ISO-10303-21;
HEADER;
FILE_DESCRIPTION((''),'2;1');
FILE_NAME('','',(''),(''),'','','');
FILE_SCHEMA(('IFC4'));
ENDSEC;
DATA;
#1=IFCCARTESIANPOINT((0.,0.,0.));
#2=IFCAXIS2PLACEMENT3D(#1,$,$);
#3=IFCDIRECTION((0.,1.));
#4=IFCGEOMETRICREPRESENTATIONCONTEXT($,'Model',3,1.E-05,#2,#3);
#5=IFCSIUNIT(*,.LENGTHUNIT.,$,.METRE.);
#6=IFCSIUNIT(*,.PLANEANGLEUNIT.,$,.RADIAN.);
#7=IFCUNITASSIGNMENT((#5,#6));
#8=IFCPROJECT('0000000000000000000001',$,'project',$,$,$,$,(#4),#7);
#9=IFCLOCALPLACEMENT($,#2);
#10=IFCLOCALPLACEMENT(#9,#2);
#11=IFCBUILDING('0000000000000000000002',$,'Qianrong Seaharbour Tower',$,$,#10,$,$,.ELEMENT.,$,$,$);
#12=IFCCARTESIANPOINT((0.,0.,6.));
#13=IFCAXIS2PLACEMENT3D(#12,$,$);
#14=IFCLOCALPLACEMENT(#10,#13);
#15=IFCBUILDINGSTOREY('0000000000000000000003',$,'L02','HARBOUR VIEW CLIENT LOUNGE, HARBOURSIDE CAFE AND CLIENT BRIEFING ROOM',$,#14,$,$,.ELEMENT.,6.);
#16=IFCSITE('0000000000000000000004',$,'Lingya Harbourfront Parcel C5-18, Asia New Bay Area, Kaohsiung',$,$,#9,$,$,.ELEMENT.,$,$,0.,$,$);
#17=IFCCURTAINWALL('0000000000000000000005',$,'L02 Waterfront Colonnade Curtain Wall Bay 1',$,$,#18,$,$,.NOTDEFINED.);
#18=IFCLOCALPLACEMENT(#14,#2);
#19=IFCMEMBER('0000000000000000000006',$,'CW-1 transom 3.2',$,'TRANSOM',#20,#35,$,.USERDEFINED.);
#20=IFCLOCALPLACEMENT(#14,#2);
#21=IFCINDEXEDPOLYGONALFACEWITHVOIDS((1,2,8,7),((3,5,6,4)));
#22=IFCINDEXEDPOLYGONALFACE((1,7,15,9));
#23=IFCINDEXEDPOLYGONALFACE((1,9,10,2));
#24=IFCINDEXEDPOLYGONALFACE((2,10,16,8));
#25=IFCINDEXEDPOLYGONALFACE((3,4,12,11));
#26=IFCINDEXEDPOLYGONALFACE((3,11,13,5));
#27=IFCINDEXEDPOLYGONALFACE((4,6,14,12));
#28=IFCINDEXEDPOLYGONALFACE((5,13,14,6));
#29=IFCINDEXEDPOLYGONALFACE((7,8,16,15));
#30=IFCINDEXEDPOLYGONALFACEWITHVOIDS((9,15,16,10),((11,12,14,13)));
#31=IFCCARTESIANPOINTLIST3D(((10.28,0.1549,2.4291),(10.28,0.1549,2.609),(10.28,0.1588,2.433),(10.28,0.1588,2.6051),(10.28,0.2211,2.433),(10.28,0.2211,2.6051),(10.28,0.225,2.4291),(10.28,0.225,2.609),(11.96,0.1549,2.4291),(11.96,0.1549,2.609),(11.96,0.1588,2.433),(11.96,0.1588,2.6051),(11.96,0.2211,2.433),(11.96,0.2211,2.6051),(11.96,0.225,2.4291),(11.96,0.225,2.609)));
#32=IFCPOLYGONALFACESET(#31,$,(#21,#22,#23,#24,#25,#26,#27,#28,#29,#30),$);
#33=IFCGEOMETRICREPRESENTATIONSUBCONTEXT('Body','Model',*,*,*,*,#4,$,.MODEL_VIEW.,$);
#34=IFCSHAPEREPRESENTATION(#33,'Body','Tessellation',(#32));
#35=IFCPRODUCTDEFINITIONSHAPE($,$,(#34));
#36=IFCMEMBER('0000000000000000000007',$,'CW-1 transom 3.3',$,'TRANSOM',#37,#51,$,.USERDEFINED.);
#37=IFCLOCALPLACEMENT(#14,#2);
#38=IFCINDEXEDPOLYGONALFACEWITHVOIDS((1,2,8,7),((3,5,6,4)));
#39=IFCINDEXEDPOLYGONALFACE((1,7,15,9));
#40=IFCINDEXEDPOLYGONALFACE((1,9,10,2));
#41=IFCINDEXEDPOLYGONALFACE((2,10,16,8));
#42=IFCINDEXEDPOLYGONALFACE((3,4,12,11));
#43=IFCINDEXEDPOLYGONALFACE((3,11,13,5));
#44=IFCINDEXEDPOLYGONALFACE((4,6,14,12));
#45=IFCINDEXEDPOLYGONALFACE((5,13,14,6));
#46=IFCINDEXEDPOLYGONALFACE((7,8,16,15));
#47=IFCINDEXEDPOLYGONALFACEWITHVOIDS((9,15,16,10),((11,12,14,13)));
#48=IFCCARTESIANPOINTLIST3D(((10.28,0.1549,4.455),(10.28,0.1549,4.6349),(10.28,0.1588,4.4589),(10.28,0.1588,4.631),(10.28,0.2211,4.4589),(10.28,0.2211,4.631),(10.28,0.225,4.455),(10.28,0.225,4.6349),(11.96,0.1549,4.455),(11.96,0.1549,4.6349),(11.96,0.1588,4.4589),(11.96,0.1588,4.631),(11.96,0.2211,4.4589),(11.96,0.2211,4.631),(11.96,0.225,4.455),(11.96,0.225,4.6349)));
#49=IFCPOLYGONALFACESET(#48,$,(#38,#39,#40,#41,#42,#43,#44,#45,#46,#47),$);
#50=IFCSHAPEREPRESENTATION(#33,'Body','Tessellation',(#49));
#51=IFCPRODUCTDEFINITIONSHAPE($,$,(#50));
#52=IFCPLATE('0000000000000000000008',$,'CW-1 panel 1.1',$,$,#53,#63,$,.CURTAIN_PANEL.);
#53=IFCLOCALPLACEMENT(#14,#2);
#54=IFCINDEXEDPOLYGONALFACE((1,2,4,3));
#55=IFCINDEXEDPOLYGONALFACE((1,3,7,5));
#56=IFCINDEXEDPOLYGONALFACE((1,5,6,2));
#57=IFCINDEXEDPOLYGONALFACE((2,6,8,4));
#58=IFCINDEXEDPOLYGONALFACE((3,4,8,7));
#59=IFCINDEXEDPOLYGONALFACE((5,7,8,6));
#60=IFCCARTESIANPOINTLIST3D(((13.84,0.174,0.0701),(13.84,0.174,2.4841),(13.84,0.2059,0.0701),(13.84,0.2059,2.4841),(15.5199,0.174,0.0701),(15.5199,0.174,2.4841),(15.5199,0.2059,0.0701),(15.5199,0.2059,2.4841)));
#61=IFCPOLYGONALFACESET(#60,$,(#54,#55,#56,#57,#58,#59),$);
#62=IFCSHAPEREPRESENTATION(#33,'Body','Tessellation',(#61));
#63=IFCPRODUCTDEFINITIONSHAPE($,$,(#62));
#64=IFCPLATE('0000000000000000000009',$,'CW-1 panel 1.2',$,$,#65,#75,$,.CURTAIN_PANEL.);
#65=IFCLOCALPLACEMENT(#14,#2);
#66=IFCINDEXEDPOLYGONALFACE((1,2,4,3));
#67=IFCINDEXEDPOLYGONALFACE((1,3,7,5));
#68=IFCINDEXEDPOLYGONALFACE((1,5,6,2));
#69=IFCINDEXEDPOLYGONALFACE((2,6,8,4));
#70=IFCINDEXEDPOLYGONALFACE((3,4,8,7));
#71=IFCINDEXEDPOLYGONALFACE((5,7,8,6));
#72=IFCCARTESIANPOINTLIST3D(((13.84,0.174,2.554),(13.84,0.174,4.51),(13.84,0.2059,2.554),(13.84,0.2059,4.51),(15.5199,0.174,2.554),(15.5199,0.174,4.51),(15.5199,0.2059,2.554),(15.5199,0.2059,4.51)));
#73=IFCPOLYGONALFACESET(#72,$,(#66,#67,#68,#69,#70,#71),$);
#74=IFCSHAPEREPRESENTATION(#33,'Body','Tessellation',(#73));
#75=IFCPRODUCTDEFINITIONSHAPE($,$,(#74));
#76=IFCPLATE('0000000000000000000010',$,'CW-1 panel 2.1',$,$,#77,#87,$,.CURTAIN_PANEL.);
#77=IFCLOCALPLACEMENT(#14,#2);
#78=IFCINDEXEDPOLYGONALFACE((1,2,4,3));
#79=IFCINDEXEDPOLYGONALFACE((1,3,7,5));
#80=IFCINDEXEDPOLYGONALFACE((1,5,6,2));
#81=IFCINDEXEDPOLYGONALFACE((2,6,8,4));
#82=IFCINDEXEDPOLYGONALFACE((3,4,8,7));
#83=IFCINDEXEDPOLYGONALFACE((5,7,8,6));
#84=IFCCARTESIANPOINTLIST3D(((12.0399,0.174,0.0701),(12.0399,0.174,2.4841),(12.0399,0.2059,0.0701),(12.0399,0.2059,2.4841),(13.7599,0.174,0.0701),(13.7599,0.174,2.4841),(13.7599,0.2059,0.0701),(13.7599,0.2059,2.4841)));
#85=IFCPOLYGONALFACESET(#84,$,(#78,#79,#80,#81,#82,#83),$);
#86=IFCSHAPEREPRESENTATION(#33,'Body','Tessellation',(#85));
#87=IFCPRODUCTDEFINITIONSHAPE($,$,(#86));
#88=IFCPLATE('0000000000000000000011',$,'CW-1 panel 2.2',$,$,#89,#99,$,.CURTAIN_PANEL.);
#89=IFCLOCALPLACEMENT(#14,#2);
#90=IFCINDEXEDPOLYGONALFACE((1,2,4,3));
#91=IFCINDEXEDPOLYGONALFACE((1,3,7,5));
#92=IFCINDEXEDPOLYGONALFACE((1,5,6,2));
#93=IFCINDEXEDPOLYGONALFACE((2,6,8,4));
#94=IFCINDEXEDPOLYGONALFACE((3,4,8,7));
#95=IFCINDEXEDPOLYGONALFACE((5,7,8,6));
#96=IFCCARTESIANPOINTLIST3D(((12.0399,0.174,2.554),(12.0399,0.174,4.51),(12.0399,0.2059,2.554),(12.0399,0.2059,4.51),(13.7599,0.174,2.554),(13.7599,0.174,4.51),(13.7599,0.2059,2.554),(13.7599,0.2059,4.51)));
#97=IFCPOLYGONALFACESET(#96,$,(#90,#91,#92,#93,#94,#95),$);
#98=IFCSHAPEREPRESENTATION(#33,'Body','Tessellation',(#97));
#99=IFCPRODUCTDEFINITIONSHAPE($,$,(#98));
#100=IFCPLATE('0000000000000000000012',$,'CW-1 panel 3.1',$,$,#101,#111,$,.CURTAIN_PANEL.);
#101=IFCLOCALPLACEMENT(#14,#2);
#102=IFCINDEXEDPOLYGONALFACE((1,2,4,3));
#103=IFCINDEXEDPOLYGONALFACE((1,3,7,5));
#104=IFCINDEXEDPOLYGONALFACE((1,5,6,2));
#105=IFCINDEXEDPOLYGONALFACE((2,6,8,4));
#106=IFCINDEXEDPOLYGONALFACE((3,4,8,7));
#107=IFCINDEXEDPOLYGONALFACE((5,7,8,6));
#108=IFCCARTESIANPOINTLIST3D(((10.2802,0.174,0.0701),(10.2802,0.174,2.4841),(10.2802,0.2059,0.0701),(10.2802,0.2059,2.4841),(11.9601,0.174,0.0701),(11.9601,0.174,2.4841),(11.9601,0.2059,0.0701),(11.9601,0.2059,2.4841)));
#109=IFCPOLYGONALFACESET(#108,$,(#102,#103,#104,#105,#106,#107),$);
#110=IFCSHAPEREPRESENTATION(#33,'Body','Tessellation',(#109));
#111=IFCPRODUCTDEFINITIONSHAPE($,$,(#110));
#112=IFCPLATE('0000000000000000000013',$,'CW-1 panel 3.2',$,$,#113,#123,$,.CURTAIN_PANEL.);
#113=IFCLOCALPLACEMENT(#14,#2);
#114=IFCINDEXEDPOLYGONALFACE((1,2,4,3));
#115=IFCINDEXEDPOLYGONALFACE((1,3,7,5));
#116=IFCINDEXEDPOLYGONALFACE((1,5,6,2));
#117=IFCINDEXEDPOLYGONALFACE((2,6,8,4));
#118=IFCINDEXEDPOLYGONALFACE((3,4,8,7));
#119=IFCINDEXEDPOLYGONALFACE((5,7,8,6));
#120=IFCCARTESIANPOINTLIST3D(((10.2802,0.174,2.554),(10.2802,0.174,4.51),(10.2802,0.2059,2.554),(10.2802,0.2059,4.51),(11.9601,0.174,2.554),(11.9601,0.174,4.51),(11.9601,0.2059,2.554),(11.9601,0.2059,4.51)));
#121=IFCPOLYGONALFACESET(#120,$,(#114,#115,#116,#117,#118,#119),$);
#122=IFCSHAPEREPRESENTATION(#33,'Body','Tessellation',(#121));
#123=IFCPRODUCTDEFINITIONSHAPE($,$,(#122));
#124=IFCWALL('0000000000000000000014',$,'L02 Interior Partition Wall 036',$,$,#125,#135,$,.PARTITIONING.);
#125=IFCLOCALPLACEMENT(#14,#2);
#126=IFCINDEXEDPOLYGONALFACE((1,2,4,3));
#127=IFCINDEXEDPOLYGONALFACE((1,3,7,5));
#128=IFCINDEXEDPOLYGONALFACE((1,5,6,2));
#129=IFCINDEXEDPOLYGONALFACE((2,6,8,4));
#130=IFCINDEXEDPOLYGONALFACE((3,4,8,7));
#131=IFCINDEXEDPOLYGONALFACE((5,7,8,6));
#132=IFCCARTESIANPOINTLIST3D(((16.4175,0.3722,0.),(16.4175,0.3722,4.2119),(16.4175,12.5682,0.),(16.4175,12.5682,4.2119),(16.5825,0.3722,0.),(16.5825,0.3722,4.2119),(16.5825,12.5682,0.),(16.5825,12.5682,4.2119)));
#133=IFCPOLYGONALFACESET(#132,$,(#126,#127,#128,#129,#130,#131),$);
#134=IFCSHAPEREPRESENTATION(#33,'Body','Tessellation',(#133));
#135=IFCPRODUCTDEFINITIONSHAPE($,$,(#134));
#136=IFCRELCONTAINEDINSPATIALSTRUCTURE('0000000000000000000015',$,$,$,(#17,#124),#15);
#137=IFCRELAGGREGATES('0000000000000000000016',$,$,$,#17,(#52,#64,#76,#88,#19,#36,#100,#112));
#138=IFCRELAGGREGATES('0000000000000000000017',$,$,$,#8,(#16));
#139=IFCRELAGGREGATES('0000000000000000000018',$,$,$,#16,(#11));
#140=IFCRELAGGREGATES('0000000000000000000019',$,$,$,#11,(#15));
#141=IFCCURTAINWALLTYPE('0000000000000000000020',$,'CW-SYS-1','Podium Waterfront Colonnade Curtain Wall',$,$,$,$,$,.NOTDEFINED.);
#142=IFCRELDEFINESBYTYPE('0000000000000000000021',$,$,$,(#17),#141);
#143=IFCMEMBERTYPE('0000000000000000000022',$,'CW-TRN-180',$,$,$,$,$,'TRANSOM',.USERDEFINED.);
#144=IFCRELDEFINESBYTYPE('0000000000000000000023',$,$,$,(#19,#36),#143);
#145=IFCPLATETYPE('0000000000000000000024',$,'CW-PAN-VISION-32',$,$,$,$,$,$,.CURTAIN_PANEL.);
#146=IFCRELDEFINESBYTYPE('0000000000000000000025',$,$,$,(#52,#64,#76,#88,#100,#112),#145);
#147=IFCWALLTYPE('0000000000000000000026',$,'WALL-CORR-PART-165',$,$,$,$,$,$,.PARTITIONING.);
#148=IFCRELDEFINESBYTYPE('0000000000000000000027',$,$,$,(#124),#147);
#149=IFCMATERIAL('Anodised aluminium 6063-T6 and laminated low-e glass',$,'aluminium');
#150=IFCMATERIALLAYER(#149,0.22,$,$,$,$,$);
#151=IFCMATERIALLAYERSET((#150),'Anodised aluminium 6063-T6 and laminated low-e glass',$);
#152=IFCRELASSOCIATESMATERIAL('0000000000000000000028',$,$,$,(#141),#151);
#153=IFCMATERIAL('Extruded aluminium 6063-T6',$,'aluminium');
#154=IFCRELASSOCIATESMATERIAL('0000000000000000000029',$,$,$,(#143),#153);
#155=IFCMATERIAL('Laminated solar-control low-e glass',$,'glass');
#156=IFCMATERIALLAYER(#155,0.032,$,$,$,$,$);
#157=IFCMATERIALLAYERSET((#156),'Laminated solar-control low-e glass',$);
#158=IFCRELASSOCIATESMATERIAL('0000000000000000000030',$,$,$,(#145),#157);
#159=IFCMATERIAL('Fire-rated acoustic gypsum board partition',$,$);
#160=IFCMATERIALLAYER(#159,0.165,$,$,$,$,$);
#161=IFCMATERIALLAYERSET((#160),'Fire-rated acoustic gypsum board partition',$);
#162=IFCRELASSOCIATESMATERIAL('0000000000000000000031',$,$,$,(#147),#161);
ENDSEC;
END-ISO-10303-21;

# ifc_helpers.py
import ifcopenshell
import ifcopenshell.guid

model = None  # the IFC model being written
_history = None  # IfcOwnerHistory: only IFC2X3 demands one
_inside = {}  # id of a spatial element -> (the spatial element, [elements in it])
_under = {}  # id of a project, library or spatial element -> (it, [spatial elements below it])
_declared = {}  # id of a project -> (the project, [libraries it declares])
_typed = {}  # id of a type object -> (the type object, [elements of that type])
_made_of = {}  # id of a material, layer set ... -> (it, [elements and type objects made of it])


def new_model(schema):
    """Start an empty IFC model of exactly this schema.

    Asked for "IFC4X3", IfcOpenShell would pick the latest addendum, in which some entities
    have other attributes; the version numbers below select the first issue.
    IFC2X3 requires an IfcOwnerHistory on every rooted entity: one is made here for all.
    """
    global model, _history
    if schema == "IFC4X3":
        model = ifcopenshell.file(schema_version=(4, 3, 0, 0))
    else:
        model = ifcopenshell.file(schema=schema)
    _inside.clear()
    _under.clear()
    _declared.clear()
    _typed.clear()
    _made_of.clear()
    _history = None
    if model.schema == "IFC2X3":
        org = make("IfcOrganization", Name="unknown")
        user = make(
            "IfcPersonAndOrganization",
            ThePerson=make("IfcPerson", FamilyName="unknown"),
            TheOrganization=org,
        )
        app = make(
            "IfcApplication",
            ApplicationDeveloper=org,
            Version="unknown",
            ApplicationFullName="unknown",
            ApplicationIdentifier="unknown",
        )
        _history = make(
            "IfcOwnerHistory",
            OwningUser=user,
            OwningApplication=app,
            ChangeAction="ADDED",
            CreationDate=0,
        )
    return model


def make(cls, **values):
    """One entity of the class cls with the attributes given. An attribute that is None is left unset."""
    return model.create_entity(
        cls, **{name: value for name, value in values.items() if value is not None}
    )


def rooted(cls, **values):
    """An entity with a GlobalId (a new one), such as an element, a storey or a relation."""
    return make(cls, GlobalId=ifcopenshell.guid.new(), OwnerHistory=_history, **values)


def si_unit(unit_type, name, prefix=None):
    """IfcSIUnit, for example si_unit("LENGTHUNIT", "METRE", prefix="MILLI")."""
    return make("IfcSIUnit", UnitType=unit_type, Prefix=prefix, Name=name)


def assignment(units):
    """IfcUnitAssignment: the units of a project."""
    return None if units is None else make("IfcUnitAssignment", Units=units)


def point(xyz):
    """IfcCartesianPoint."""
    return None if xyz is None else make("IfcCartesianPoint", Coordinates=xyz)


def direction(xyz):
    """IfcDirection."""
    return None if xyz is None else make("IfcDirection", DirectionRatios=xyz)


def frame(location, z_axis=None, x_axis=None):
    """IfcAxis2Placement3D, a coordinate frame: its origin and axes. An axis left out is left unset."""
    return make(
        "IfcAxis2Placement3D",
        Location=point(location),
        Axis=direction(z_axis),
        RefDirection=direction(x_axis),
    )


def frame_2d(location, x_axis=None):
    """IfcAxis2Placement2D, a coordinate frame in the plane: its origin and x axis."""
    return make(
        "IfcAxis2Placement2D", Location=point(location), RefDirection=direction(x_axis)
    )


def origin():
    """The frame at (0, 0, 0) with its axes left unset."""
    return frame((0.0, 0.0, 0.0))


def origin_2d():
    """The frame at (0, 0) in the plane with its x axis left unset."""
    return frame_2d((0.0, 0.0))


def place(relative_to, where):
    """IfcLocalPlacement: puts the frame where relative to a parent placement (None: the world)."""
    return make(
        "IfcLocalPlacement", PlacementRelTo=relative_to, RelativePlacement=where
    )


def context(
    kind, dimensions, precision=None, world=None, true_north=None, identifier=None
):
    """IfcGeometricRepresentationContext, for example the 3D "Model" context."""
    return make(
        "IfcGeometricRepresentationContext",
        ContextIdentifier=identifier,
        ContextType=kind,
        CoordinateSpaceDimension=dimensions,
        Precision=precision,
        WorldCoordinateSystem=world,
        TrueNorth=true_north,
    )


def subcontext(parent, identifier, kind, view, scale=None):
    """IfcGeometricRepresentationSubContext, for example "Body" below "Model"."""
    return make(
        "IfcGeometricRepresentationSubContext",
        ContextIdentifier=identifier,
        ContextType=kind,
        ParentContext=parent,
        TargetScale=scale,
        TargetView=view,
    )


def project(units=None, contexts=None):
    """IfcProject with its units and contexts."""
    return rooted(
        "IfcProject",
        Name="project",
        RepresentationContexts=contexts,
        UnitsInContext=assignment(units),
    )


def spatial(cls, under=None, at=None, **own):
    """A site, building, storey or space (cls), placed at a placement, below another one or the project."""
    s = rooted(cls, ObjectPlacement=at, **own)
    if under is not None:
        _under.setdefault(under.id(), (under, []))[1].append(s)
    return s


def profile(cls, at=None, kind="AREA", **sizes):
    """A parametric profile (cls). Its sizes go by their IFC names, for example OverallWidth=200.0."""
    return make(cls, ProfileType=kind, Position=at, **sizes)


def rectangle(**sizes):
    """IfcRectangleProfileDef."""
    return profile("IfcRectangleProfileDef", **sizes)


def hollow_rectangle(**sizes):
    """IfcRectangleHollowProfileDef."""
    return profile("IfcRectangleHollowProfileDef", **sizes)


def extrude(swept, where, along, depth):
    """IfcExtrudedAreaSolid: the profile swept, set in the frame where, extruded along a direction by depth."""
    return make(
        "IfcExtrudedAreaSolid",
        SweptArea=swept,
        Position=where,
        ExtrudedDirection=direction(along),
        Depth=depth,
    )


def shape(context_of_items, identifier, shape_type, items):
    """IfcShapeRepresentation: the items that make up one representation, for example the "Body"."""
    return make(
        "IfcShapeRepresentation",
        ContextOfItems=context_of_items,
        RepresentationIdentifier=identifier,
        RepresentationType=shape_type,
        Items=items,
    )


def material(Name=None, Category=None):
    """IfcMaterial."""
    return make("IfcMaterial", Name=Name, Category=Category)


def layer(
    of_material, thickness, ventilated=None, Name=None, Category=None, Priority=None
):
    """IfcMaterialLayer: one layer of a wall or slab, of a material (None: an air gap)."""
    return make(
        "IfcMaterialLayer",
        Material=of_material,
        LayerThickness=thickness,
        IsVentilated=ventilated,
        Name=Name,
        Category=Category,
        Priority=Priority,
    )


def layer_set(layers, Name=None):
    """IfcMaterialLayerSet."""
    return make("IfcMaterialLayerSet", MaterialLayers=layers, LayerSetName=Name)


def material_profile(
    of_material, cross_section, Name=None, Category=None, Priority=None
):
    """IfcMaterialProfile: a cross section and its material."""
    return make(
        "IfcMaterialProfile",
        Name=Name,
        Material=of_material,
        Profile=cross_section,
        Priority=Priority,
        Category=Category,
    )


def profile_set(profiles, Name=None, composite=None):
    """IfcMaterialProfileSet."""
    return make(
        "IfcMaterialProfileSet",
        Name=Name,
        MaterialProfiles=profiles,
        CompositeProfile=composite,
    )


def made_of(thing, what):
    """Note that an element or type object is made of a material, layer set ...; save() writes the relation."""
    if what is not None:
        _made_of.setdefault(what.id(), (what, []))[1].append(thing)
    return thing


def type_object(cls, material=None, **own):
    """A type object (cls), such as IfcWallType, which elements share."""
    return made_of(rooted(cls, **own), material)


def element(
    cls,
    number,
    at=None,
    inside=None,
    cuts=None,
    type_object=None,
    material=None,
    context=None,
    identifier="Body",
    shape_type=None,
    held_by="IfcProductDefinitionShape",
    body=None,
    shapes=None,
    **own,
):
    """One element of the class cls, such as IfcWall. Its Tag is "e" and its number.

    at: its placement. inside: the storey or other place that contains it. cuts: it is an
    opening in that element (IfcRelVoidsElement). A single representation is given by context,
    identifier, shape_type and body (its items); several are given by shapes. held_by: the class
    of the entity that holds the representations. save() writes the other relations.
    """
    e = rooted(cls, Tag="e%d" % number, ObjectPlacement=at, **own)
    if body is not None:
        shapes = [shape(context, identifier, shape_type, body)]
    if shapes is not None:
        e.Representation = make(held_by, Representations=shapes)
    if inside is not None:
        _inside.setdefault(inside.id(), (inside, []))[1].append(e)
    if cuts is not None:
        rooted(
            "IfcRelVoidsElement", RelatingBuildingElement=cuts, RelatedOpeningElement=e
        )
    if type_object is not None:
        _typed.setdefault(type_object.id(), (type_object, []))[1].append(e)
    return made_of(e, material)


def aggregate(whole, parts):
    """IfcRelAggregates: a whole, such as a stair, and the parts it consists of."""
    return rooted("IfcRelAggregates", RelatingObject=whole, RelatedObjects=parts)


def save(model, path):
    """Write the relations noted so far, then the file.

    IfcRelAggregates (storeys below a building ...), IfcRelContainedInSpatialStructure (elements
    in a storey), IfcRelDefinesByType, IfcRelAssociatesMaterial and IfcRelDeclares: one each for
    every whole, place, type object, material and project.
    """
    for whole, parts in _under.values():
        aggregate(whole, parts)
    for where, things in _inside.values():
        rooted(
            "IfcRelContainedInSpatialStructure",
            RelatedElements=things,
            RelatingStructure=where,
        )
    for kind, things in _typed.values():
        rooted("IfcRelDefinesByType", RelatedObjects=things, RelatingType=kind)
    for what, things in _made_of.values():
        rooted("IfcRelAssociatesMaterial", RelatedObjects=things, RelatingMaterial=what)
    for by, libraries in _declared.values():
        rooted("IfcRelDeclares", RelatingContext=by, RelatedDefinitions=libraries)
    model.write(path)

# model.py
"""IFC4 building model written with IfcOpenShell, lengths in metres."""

from ifc_helpers import new_model, si_unit, direction, frame, frame_2d, origin, origin_2d, place, context, subcontext, project, spatial, rectangle, hollow_rectangle, extrude, material, layer, layer_set, material_profile, profile_set, type_object, element, aggregate, save


model = new_model("IFC4")

# Units and contexts
model_context = context("Model", 3, precision=1e-05, world=origin(), true_north=direction((0.0, 1.0)))
body_context = subcontext(model_context, "Body", "Model", "MODEL_VIEW")
ifc_project = project(units=[si_unit("LENGTHUNIT", "METRE"), si_unit("PLANEANGLEUNIT", "RADIAN")], contexts=[model_context])

# Site, building, storey
site_placement = place(None, origin())
site = spatial("IfcSite", under=ifc_project, at=site_placement, Name="Lingya Harbourfront Parcel C5-18, Asia New Bay Area, Kaohsiung", CompositionType="ELEMENT", RefElevation=0.0)
building_placement = place(site_placement, origin())
building = spatial("IfcBuilding", under=site, at=building_placement, Name="Qianrong Seaharbour Tower", CompositionType="ELEMENT")
storey_placement = place(building_placement, frame((0.0, 0.0, 6.0)))
storey = spatial("IfcBuildingStorey", under=building, at=storey_placement, Name="L02", Description="HARBOUR VIEW CLIENT LOUNGE, HARBOURSIDE CAFE AND CLIENT BRIEFING ROOM", CompositionType="ELEMENT", Elevation=6.0)

# Curtain wall, members, plates
ifc_material_1 = material(Name="Anodised aluminium 6063-T6 and laminated low-e glass", Category="aluminium")
ifc_layer_1 = layer(ifc_material_1, 0.22)
ifc_layer_set_1 = layer_set([ifc_layer_1], Name="Anodised aluminium 6063-T6 and laminated low-e glass")
curtain_wall_type = type_object("IfcCurtainWallType", Name="CW-SYS-1", Description="Podium Waterfront Colonnade Curtain Wall", PredefinedType="NOTDEFINED", material=ifc_layer_set_1)
curtain_wall_placement = place(storey_placement, origin())
curtain_wall = element("IfcCurtainWall", 1, at=curtain_wall_placement, inside=storey, type_object=curtain_wall_type, Name="L02 Waterfront Colonnade Curtain Wall Bay 1", PredefinedType="NOTDEFINED")
ifc_material_2 = material(Name="Extruded aluminium 6063-T6", Category="aluminium")
ifc_material_profile_1 = material_profile(ifc_material_2, hollow_rectangle(XDim=0.0701, YDim=0.1799, WallThickness=0.0039, at=origin_2d()), Name="ALU-TRN-180x70x4")
ifc_profile_set_1 = profile_set([ifc_material_profile_1], Name="Extruded aluminium 6063-T6")
member_type_1 = type_object("IfcMemberType", Name="CW-TRN-180", ElementType="TRANSOM", PredefinedType="USERDEFINED", material=ifc_profile_set_1)
member_1_placement = place(storey_placement, frame((11.96, 0.1899, 2.519), z_axis=(-1.0, 0.0, 0.0), x_axis=(0.0, -1.0, 0.0)))
member_1 = element("IfcMember", 2, at=member_1_placement, type_object=member_type_1, Name="CW-1 transom 3.2", ObjectType="TRANSOM", PredefinedType="USERDEFINED", context=body_context, shape_type="SweptSolid", body=[
    extrude(hollow_rectangle(XDim=0.0701, YDim=0.1799, WallThickness=0.0039, at=origin_2d()), origin(), (0.0, 0.0, 1.0), 1.6799),
])
member_2_placement = place(storey_placement, frame((11.96, 0.1899, 4.5449), z_axis=(-1.0, 0.0, 0.0), x_axis=(0.0, -1.0, 0.0)))
member_2 = element("IfcMember", 3, at=member_2_placement, type_object=member_type_1, Name="CW-1 transom 3.3", ObjectType="TRANSOM", PredefinedType="USERDEFINED", context=body_context, shape_type="SweptSolid", body=[
    extrude(hollow_rectangle(XDim=0.0701, YDim=0.1799, WallThickness=0.0039, at=origin_2d()), origin(), (0.0, 0.0, 1.0), 1.6799),
])
ifc_material_3 = material(Name="Laminated solar-control low-e glass", Category="glass")
ifc_layer_2 = layer(ifc_material_3, 0.032)
ifc_layer_set_2 = layer_set([ifc_layer_2], Name="Laminated solar-control low-e glass")
plate_type = type_object("IfcPlateType", Name="CW-PAN-VISION-32", PredefinedType="CURTAIN_PANEL", material=ifc_layer_set_2)
plate_1_placement = place(storey_placement, frame((14.6799, 0.1899, 0.0701), z_axis=(0.0, 0.0, 1.0), x_axis=(-1.0, 0.0, 0.0)))
plate_1 = element("IfcPlate", 4, at=plate_1_placement, type_object=plate_type, Name="CW-1 panel 1.1", PredefinedType="CURTAIN_PANEL", context=body_context, shape_type="SweptSolid", body=[
    extrude(rectangle(XDim=1.6799, YDim=0.032, at=origin_2d()), origin(), (0.0, 0.0, 1.0), 2.4141),
])
plate_2_placement = place(storey_placement, frame((14.6799, 0.1899, 2.554), z_axis=(0.0, 0.0, 1.0), x_axis=(-1.0, 0.0, 0.0)))
plate_2 = element("IfcPlate", 5, at=plate_2_placement, type_object=plate_type, Name="CW-1 panel 1.2", PredefinedType="CURTAIN_PANEL", context=body_context, shape_type="SweptSolid", body=[
    extrude(rectangle(XDim=1.6799, YDim=0.032, at=origin_2d()), origin(), (0.0, 0.0, 1.0), 1.9561),
])
plate_3_placement = place(storey_placement, frame((12.8999, 0.1899, 0.0701), z_axis=(0.0, 0.0, 1.0), x_axis=(-1.0, 0.0, 0.0)))
plate_3 = element("IfcPlate", 6, at=plate_3_placement, type_object=plate_type, Name="CW-1 panel 2.1", PredefinedType="CURTAIN_PANEL", context=body_context, shape_type="SweptSolid", body=[
    extrude(rectangle(XDim=1.72, YDim=0.032, at=origin_2d()), origin(), (0.0, 0.0, 1.0), 2.4141),
])
plate_4_placement = place(storey_placement, frame((12.8999, 0.1899, 2.554), z_axis=(0.0, 0.0, 1.0), x_axis=(-1.0, 0.0, 0.0)))
plate_4 = element("IfcPlate", 7, at=plate_4_placement, type_object=plate_type, Name="CW-1 panel 2.2", PredefinedType="CURTAIN_PANEL", context=body_context, shape_type="SweptSolid", body=[
    extrude(rectangle(XDim=1.72, YDim=0.032, at=origin_2d()), origin(), (0.0, 0.0, 1.0), 1.9561),
])
plate_5_placement = place(storey_placement, frame((11.1201, 0.1899, 0.0701), z_axis=(0.0, 0.0, 1.0), x_axis=(-1.0, 0.0, 0.0)))
plate_5 = element("IfcPlate", 8, at=plate_5_placement, type_object=plate_type, Name="CW-1 panel 3.1", PredefinedType="CURTAIN_PANEL", context=body_context, shape_type="SweptSolid", body=[
    extrude(rectangle(XDim=1.6799, YDim=0.032, at=origin_2d()), origin(), (0.0, 0.0, 1.0), 2.4141),
])
plate_6_placement = place(storey_placement, frame((11.1201, 0.1899, 2.554), z_axis=(0.0, 0.0, 1.0), x_axis=(-1.0, 0.0, 0.0)))
plate_6 = element("IfcPlate", 9, at=plate_6_placement, type_object=plate_type, Name="CW-1 panel 3.2", PredefinedType="CURTAIN_PANEL", context=body_context, shape_type="SweptSolid", body=[
    extrude(rectangle(XDim=1.6799, YDim=0.032, at=origin_2d()), origin(), (0.0, 0.0, 1.0), 1.9561),
])
aggregate(curtain_wall, [plate_1, plate_2, plate_3, plate_4, member_1, member_2, plate_5, plate_6])

# Wall
ifc_material_4 = material(Name="Fire-rated acoustic gypsum board partition")
ifc_layer_3 = layer(ifc_material_4, 0.165)
ifc_layer_set_3 = layer_set([ifc_layer_3], Name="Fire-rated acoustic gypsum board partition")
wall_type = type_object("IfcWallType", Name="WALL-CORR-PART-165", PredefinedType="PARTITIONING", material=ifc_layer_set_3)
wall_placement = place(storey_placement, frame((16.5, 0.3721, 0.0), z_axis=(0.0, 0.0, 1.0), x_axis=(0.0, 1.0, 0.0)))
element("IfcWall", 10, at=wall_placement, inside=storey, type_object=wall_type, Name="L02 Interior Partition Wall 036", PredefinedType="PARTITIONING", context=body_context, shape_type="SweptSolid", body=[
    extrude(rectangle(XDim=12.196, YDim=0.165, at=frame_2d((6.0981, 0.0))), origin(), (0.0, 0.0, 1.0), 4.2119),
])

save(model, "model.ifc")
